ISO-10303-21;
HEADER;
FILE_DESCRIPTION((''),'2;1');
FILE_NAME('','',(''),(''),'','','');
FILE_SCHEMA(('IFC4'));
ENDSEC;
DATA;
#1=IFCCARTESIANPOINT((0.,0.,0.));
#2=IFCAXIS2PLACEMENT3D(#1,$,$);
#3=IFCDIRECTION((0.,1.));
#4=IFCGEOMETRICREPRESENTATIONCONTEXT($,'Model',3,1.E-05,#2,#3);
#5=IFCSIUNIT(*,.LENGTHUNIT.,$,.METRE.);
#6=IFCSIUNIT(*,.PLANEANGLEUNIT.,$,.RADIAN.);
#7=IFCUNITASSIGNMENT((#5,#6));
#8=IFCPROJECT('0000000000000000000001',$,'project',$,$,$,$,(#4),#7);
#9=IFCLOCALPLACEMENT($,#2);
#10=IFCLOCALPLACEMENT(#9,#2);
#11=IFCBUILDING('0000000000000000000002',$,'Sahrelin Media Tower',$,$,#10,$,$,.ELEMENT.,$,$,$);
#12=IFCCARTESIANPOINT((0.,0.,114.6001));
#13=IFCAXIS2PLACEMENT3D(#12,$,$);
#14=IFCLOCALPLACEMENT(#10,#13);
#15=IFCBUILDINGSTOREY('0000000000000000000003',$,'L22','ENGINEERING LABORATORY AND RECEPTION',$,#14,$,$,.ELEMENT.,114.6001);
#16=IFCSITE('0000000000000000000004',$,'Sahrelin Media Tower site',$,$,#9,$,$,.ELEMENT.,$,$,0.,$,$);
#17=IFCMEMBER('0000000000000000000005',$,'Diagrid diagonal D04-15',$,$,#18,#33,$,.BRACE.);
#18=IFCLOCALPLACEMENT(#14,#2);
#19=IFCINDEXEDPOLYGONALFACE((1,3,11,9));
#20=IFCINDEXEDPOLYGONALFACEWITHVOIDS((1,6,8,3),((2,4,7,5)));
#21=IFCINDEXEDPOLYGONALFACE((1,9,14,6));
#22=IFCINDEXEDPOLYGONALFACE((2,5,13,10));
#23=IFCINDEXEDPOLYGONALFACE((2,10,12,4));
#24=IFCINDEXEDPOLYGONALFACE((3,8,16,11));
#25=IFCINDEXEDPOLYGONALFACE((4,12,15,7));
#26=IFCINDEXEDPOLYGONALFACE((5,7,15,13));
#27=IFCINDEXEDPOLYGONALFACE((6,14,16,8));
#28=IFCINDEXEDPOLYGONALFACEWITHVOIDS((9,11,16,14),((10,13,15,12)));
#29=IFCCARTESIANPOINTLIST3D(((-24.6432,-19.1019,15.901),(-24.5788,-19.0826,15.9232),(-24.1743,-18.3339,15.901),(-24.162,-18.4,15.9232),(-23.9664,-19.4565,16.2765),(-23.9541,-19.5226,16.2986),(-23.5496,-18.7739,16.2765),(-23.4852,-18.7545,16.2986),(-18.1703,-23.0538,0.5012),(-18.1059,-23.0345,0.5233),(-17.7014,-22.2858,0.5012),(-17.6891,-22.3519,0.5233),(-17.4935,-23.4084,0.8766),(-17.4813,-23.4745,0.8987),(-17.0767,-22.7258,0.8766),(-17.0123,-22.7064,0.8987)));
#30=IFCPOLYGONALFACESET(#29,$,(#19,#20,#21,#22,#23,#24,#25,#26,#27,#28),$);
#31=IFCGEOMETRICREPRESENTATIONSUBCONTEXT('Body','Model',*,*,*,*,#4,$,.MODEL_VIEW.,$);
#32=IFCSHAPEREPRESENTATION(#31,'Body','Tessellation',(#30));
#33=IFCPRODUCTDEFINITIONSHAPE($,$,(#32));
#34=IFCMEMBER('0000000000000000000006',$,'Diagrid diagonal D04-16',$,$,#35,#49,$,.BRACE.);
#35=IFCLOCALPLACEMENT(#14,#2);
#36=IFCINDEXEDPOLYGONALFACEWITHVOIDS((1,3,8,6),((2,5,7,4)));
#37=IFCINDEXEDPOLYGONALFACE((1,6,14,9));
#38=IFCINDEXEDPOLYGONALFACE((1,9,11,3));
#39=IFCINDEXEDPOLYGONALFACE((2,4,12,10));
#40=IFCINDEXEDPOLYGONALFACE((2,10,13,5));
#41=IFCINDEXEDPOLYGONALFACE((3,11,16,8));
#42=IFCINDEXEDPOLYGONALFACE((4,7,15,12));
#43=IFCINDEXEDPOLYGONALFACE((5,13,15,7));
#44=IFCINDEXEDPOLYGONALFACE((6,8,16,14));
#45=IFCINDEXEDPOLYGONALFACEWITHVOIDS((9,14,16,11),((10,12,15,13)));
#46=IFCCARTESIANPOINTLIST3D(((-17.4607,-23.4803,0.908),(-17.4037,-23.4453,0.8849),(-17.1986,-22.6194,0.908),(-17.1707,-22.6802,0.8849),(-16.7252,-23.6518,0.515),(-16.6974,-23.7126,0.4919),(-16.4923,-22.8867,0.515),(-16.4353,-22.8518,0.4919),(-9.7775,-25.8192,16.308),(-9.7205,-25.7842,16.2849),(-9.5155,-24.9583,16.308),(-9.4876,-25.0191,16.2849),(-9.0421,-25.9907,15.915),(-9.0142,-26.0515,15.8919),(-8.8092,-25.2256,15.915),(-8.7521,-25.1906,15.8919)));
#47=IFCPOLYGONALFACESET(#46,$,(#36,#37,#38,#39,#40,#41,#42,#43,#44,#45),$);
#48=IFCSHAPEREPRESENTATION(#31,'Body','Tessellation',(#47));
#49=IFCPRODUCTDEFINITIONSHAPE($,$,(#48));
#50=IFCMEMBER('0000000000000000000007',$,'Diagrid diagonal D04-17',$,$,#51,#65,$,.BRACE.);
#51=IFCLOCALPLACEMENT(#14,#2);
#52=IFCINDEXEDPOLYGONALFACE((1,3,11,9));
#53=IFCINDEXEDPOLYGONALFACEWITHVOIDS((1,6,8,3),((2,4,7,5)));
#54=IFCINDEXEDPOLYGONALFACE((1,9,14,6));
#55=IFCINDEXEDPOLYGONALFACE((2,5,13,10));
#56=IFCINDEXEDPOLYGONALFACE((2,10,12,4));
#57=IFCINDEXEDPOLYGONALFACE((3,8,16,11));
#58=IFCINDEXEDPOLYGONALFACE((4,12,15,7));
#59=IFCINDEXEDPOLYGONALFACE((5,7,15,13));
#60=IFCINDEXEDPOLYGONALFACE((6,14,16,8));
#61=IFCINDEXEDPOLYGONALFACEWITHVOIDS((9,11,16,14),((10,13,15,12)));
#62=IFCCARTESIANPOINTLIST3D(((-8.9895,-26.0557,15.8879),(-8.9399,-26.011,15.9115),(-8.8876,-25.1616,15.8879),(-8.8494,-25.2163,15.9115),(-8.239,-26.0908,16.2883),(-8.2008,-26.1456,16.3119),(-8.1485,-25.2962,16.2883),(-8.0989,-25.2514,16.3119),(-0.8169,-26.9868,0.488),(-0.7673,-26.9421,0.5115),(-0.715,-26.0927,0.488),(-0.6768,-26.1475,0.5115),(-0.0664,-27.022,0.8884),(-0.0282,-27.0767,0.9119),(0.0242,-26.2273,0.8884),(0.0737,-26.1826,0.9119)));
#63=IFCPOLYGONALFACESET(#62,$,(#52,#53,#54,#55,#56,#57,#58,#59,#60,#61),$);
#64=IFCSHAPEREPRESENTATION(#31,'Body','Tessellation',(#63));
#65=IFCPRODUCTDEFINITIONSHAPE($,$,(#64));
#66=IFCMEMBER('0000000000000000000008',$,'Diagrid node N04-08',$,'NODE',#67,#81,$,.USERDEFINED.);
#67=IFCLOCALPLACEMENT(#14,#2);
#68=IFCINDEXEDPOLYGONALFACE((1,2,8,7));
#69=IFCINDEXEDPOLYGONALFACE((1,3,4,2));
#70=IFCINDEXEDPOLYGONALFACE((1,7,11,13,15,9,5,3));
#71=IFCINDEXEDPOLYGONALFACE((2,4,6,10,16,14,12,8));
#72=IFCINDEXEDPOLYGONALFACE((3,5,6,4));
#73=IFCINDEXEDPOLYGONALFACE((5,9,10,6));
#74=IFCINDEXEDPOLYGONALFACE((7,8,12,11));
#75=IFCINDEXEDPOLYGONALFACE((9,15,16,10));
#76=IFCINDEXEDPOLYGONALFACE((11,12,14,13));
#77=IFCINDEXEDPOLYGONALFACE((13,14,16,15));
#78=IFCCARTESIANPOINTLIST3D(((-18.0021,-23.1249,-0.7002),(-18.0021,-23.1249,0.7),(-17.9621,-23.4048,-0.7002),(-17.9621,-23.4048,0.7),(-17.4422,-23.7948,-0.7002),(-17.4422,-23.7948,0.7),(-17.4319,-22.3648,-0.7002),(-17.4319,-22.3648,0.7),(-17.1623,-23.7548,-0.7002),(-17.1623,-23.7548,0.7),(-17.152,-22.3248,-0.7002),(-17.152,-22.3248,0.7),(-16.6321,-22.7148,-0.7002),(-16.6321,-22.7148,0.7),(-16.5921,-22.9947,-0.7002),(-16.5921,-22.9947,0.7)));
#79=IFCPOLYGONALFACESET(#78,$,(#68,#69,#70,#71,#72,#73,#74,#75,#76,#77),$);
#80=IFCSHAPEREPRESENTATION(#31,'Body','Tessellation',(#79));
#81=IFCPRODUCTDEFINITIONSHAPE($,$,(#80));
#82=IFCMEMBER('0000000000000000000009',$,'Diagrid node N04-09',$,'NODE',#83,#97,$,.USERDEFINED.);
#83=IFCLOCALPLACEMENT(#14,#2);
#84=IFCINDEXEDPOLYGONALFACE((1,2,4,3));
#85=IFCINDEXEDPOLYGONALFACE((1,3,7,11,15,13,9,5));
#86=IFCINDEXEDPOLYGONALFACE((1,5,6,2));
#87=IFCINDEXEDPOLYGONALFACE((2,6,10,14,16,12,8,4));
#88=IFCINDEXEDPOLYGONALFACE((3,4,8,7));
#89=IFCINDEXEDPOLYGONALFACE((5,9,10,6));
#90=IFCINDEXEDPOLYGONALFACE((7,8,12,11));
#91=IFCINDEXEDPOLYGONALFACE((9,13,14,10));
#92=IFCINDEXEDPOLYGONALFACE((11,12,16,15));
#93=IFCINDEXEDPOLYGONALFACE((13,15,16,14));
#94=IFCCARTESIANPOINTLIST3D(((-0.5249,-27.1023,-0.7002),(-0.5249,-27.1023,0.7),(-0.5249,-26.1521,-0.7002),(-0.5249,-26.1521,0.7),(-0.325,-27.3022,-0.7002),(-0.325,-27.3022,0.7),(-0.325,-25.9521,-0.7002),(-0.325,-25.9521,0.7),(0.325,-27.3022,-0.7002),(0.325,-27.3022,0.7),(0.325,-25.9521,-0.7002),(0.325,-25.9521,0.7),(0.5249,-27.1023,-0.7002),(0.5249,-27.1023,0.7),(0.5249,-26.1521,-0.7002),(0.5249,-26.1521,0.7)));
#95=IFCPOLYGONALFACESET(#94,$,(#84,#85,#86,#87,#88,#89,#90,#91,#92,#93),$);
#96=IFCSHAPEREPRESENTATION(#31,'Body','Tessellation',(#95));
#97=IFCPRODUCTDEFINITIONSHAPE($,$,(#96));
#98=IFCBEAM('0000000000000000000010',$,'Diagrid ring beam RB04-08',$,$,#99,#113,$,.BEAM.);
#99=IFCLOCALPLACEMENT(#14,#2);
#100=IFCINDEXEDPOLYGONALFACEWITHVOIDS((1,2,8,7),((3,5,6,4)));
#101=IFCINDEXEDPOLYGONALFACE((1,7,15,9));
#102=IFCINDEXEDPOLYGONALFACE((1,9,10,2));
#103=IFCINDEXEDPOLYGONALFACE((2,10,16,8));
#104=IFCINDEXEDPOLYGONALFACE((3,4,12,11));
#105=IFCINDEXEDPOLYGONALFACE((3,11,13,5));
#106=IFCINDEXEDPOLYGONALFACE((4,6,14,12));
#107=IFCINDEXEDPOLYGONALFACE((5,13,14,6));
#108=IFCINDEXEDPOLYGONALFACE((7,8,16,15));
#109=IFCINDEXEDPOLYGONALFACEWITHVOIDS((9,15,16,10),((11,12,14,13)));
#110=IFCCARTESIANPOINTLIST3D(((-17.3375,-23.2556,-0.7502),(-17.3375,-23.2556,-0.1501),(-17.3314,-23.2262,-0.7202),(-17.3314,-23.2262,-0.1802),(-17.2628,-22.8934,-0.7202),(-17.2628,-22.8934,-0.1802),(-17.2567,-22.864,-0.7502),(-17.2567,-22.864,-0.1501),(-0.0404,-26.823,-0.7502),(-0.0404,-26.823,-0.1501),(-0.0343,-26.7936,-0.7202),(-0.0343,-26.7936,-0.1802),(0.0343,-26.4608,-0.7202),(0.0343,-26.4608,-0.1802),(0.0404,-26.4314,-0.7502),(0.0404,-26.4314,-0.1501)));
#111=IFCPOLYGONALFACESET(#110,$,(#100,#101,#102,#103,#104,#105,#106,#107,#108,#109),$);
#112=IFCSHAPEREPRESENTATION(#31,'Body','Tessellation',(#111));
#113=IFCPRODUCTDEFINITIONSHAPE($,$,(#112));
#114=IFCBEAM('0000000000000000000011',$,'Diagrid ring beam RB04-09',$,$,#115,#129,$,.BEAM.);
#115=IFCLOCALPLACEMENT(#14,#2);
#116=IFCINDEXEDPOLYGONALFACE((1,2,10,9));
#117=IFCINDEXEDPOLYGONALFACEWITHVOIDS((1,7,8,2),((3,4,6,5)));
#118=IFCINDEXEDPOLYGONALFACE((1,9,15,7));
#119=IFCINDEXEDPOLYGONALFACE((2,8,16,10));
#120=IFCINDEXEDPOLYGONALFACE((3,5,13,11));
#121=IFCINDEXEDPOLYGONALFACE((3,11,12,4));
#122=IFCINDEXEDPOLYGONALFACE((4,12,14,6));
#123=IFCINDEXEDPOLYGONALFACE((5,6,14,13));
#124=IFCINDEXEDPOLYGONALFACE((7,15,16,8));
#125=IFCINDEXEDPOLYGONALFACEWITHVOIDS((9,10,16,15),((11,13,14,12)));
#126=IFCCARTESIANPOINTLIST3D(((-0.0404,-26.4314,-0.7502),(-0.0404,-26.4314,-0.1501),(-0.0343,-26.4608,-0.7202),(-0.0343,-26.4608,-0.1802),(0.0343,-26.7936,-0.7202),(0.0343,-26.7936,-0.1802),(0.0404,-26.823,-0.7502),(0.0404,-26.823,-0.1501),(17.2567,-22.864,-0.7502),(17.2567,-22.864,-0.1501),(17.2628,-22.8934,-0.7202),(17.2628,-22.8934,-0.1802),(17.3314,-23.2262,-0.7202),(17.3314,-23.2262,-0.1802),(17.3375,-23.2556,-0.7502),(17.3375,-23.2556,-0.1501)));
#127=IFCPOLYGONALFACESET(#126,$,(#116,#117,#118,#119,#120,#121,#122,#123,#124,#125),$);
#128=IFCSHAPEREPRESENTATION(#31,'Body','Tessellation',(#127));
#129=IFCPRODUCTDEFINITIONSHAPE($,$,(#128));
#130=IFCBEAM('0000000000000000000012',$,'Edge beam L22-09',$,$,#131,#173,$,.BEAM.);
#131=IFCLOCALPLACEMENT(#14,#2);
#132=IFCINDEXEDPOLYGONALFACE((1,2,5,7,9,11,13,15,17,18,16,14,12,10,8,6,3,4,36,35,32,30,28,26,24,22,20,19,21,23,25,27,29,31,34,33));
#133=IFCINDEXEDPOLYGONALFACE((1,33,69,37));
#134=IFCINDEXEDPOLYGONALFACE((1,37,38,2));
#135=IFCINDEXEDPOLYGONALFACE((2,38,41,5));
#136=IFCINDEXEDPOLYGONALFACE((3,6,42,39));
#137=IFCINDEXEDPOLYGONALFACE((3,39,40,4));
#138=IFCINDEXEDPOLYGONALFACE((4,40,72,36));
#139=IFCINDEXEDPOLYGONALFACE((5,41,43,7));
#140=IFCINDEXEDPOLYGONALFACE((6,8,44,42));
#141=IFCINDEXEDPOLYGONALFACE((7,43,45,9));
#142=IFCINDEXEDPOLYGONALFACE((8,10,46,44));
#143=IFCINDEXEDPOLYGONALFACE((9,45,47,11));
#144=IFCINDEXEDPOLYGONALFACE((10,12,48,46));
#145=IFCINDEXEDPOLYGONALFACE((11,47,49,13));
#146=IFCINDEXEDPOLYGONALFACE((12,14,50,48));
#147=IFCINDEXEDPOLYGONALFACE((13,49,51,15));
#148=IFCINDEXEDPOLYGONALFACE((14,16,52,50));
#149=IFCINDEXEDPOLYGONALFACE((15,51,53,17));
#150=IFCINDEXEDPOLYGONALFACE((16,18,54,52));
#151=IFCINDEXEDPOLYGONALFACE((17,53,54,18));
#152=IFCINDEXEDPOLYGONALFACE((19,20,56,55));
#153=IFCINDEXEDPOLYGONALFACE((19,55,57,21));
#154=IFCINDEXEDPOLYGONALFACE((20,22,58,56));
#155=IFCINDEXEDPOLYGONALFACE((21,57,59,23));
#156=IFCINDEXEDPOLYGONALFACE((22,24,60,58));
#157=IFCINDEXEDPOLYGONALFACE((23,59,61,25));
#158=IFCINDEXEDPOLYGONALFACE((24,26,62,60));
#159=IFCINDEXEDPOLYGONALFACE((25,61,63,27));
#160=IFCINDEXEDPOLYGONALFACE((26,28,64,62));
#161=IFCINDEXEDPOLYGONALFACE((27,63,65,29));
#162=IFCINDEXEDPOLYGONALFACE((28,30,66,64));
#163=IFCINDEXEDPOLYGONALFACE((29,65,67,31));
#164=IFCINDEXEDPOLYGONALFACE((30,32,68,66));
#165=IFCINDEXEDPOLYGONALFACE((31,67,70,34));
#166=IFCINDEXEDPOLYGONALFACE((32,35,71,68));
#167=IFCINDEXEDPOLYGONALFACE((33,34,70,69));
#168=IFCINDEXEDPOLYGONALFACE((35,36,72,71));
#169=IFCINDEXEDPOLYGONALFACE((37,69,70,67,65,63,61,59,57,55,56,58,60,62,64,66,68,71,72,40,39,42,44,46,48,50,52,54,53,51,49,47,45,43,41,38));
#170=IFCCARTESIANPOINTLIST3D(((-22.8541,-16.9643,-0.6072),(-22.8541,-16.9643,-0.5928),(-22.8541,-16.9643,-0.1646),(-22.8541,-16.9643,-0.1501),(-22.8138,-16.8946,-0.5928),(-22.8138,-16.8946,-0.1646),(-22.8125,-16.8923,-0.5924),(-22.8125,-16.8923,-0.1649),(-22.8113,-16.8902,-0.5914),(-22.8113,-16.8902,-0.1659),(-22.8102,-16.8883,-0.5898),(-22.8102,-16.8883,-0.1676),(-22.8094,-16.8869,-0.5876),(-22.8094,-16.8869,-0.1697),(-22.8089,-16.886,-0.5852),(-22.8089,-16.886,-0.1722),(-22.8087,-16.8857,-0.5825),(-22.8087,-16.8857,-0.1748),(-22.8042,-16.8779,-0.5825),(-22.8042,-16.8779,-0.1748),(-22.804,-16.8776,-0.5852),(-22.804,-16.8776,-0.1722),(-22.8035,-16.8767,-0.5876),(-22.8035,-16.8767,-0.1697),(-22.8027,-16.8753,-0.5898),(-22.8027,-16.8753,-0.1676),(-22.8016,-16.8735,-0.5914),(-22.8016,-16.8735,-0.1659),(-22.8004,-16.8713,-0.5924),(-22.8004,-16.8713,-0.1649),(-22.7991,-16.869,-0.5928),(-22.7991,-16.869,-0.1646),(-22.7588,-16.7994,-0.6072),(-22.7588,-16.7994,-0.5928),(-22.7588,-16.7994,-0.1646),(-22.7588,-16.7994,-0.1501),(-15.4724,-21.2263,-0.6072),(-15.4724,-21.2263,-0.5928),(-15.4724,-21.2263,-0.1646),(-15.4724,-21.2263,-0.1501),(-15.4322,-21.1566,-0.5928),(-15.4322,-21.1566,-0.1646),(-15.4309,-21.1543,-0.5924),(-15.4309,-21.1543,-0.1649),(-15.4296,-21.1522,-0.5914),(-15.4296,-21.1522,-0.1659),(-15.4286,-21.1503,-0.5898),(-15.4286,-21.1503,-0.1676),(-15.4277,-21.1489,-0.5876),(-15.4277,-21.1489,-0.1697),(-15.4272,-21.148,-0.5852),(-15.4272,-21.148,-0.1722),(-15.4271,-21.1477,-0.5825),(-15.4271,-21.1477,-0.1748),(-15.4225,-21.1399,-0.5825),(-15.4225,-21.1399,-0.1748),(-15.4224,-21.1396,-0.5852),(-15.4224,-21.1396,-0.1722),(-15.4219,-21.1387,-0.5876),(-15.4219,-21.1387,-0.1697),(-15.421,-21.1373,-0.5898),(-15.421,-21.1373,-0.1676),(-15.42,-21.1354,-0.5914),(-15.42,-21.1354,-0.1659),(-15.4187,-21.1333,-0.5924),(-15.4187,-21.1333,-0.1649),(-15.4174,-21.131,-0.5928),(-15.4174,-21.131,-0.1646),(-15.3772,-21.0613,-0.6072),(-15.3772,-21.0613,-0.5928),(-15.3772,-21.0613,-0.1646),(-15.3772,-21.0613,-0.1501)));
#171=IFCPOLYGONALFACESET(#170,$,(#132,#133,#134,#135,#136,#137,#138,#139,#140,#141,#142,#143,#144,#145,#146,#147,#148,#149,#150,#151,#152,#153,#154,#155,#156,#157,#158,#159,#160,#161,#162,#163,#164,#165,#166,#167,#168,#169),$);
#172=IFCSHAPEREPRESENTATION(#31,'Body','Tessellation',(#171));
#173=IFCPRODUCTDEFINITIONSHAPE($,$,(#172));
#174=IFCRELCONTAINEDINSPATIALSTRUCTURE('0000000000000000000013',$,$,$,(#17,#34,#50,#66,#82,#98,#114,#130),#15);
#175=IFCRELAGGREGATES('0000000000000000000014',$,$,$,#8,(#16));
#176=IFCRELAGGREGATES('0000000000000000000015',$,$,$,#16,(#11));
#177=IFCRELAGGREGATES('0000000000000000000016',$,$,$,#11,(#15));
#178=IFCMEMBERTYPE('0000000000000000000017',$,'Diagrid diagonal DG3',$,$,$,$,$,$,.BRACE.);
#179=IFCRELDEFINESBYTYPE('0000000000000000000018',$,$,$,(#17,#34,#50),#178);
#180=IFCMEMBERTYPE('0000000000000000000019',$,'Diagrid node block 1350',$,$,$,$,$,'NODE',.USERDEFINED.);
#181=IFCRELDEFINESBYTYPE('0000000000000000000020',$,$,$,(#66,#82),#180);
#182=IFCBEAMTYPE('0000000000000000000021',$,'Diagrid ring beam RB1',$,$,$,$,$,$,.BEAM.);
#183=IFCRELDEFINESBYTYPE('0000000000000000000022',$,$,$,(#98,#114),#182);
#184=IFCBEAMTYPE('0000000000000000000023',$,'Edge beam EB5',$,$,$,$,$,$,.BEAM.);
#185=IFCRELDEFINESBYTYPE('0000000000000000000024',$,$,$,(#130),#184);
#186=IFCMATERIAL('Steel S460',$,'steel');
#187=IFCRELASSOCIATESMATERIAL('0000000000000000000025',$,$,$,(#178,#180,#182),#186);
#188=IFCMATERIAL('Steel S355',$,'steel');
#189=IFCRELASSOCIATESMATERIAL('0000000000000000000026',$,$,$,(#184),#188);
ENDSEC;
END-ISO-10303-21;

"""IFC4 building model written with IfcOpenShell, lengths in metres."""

from ifc_helpers import new_model, si_unit, direction, frame, origin, origin_2d, place, context, subcontext, project, spatial, polyline, hollow_rectangle, i_section, outline, extrude, material, material_profile, profile_set, type_object, element, save


model = new_model("IFC4")

# Units and contexts
model_context = context("Model", 3, precision=1e-05, world=origin(), true_north=direction((0.0, 1.0)))
body_context = subcontext(model_context, "Body", "Model", "MODEL_VIEW")
ifc_project = project(units=[si_unit("LENGTHUNIT", "METRE"), si_unit("PLANEANGLEUNIT", "RADIAN")], contexts=[model_context])

# Site, building, storey
site_placement = place(None, origin())
site = spatial("IfcSite", under=ifc_project, at=site_placement, Name="Sahrelin Media Tower site", CompositionType="ELEMENT", RefElevation=0.0)
building_placement = place(site_placement, origin())
building = spatial("IfcBuilding", under=site, at=building_placement, Name="Sahrelin Media Tower", CompositionType="ELEMENT")
storey_placement = place(building_placement, frame((0.0, 0.0, 114.6001)))
storey = spatial("IfcBuildingStorey", under=building, at=storey_placement, Name="L22", Description="ENGINEERING LABORATORY AND RECEPTION", CompositionType="ELEMENT", Elevation=114.6001)

# Members
ifc_material_1 = material(Name="Steel S460", Category="steel")
ifc_material_profile_1 = material_profile(ifc_material_1, hollow_rectangle(XDim=0.8999, YDim=0.8999, WallThickness=0.05, at=origin_2d()), Name="Diagrid diagonal DG3")
ifc_profile_set_1 = profile_set([ifc_material_profile_1], Name="Steel S460")
member_type_1 = type_object("IfcMemberType", Name="Diagrid diagonal DG3", PredefinedType="BRACE", material=ifc_profile_set_1)
member_1_placement = place(storey_placement, frame((-17.5913, -22.8801, 0.7), z_axis=(-0.377076, 0.230216, 0.897114), x_axis=(-0.521089, -0.853502, 0.0)))
element("IfcMember", 1, at=member_1_placement, inside=storey, type_object=member_type_1, Name="Diagrid diagonal D04-15", PredefinedType="BRACE", context=body_context, shape_type="SweptSolid", body=[
    extrude(hollow_rectangle(XDim=0.8999, YDim=0.8999, WallThickness=0.05, at=origin_2d()), origin(), (0.0, 0.0, 1.0), 17.166),
])
member_2_placement = place(storey_placement, frame((-16.948, -23.166, 0.7), z_axis=(0.442364, -0.134663, 0.886668), x_axis=(0.291222, 0.956655, 0.0)))
element("IfcMember", 2, at=member_2_placement, inside=storey, type_object=member_type_1, Name="Diagrid diagonal D04-16", PredefinedType="BRACE", context=body_context, shape_type="SweptSolid", body=[
    extrude(hollow_rectangle(XDim=0.8999, YDim=0.8999, WallThickness=0.05, at=origin_2d()), origin(), (0.0, 0.0, 1.0), 17.3684),
])
member_3_placement = place(storey_placement, frame((-0.3716, -26.5847, 0.7), z_axis=(-0.468104, 0.053334, 0.882063), x_axis=(-0.113203, -0.993572, 0.0)))
element("IfcMember", 3, at=member_3_placement, inside=storey, type_object=member_type_1, Name="Diagrid diagonal D04-17", PredefinedType="BRACE", context=body_context, shape_type="SweptSolid", body=[
    extrude(hollow_rectangle(XDim=0.8999, YDim=0.8999, WallThickness=0.05, at=origin_2d()), origin(), (0.0, 0.0, 1.0), 17.459),
])
ifc_material_profile_2 = material_profile(ifc_material_1, outline(polyline([(0.4751, -0.5249), (0.675, -0.325), (0.675, 0.325), (0.4751, 0.5249), (-0.4751, 0.5249), (-0.675, 0.325), (-0.675, -0.325), (-0.4751, -0.5249), (0.4751, -0.5249)])), Name="Diagrid node block 1350")
ifc_profile_set_2 = profile_set([ifc_material_profile_2], Name="Steel S460")
member_type_2 = type_object("IfcMemberType", Name="Diagrid node block 1350", ElementType="NODE", PredefinedType="USERDEFINED", material=ifc_profile_set_2)
for number, where, z_axis, x_axis, name in (
    (4, (-17.2971, -23.0598, -0.7002), (0.0, 0.0, 1.0), (-0.60005, -0.799962, 0.0), "Diagrid node N04-08"),
    (5, (0.0, -26.6272, -0.7002), (0.0, 0.0, 1.0), (0.0, -1.0, 0.0), "Diagrid node N04-09"),
):
    element("IfcMember", number, at=place(storey_placement, frame(where, z_axis=z_axis, x_axis=x_axis)), inside=storey, type_object=member_type_2, Name=name, ObjectType="NODE", PredefinedType="USERDEFINED", context=body_context, shape_type="SweptSolid", body=[
        extrude(outline(polyline([(0.4751, -0.5249), (0.675, -0.325), (0.675, 0.325), (0.4751, 0.5249), (-0.4751, 0.5249), (-0.675, 0.325), (-0.675, -0.325), (-0.4751, -0.5249), (0.4751, -0.5249)])), origin(), (0.0, 0.0, 1.0), 1.4001),
    ])

# Beams
ifc_material_profile_3 = material_profile(ifc_material_1, hollow_rectangle(XDim=0.3999, YDim=0.6001, WallThickness=0.03, at=origin_2d()), Name="Diagrid ring beam RB1")
ifc_profile_set_3 = profile_set([ifc_material_profile_3], Name="Steel S460")
beam_type_1 = type_object("IfcBeamType", Name="Diagrid ring beam RB1", PredefinedType="BEAM", material=ifc_profile_set_3)
for number, where, z_axis, x_axis, name in (
    (6, (-17.2971, -23.0598, -0.4502), (0.979388, -0.20199, 0.0), (0.20199, 0.979388, 0.0), "Diagrid ring beam RB04-08"),
    (7, (0.0, -26.6272, -0.4502), (0.979388, 0.20199, 0.0), (-0.20199, 0.979388, 0.0), "Diagrid ring beam RB04-09"),
):
    element("IfcBeam", number, at=place(storey_placement, frame(where, z_axis=z_axis, x_axis=x_axis)), inside=storey, type_object=beam_type_1, Name=name, PredefinedType="BEAM", context=body_context, shape_type="SweptSolid", body=[
        extrude(hollow_rectangle(XDim=0.3999, YDim=0.6001, WallThickness=0.03, at=origin_2d()), origin(), (0.0, 0.0, 1.0), 17.6611),
    ])
ifc_material_2 = material(Name="Steel S355", Category="steel")
ifc_material_profile_4 = material_profile(ifc_material_2, i_section(OverallWidth=0.1904, OverallDepth=0.457, WebThickness=0.009, FlangeThickness=0.0144, FilletRadius=0.0103, at=origin_2d()), Name="UB 457x191x74")
ifc_profile_set_4 = profile_set([ifc_material_profile_4], Name="Steel S355")
beam_type_2 = type_object("IfcBeamType", Name="Edge beam EB5", PredefinedType="BEAM", material=ifc_profile_set_4)
beam_1_placement = place(storey_placement, frame((-15.4248, -21.1438, -0.3787), z_axis=(-0.866015, 0.500017, 0.0), x_axis=(-0.500017, -0.866015, 0.0)))
element("IfcBeam", 8, at=beam_1_placement, inside=storey, type_object=beam_type_2, Name="Edge beam L22-09", PredefinedType="BEAM", context=body_context, shape_type="SweptSolid", body=[
    extrude(i_section(OverallWidth=0.1904, OverallDepth=0.457, WebThickness=0.009, FlangeThickness=0.0144, FilletRadius=0.0103, at=origin_2d()), origin(), (0.0, 0.0, 1.0), 8.5237),
])

save(model, "model.ifc")
